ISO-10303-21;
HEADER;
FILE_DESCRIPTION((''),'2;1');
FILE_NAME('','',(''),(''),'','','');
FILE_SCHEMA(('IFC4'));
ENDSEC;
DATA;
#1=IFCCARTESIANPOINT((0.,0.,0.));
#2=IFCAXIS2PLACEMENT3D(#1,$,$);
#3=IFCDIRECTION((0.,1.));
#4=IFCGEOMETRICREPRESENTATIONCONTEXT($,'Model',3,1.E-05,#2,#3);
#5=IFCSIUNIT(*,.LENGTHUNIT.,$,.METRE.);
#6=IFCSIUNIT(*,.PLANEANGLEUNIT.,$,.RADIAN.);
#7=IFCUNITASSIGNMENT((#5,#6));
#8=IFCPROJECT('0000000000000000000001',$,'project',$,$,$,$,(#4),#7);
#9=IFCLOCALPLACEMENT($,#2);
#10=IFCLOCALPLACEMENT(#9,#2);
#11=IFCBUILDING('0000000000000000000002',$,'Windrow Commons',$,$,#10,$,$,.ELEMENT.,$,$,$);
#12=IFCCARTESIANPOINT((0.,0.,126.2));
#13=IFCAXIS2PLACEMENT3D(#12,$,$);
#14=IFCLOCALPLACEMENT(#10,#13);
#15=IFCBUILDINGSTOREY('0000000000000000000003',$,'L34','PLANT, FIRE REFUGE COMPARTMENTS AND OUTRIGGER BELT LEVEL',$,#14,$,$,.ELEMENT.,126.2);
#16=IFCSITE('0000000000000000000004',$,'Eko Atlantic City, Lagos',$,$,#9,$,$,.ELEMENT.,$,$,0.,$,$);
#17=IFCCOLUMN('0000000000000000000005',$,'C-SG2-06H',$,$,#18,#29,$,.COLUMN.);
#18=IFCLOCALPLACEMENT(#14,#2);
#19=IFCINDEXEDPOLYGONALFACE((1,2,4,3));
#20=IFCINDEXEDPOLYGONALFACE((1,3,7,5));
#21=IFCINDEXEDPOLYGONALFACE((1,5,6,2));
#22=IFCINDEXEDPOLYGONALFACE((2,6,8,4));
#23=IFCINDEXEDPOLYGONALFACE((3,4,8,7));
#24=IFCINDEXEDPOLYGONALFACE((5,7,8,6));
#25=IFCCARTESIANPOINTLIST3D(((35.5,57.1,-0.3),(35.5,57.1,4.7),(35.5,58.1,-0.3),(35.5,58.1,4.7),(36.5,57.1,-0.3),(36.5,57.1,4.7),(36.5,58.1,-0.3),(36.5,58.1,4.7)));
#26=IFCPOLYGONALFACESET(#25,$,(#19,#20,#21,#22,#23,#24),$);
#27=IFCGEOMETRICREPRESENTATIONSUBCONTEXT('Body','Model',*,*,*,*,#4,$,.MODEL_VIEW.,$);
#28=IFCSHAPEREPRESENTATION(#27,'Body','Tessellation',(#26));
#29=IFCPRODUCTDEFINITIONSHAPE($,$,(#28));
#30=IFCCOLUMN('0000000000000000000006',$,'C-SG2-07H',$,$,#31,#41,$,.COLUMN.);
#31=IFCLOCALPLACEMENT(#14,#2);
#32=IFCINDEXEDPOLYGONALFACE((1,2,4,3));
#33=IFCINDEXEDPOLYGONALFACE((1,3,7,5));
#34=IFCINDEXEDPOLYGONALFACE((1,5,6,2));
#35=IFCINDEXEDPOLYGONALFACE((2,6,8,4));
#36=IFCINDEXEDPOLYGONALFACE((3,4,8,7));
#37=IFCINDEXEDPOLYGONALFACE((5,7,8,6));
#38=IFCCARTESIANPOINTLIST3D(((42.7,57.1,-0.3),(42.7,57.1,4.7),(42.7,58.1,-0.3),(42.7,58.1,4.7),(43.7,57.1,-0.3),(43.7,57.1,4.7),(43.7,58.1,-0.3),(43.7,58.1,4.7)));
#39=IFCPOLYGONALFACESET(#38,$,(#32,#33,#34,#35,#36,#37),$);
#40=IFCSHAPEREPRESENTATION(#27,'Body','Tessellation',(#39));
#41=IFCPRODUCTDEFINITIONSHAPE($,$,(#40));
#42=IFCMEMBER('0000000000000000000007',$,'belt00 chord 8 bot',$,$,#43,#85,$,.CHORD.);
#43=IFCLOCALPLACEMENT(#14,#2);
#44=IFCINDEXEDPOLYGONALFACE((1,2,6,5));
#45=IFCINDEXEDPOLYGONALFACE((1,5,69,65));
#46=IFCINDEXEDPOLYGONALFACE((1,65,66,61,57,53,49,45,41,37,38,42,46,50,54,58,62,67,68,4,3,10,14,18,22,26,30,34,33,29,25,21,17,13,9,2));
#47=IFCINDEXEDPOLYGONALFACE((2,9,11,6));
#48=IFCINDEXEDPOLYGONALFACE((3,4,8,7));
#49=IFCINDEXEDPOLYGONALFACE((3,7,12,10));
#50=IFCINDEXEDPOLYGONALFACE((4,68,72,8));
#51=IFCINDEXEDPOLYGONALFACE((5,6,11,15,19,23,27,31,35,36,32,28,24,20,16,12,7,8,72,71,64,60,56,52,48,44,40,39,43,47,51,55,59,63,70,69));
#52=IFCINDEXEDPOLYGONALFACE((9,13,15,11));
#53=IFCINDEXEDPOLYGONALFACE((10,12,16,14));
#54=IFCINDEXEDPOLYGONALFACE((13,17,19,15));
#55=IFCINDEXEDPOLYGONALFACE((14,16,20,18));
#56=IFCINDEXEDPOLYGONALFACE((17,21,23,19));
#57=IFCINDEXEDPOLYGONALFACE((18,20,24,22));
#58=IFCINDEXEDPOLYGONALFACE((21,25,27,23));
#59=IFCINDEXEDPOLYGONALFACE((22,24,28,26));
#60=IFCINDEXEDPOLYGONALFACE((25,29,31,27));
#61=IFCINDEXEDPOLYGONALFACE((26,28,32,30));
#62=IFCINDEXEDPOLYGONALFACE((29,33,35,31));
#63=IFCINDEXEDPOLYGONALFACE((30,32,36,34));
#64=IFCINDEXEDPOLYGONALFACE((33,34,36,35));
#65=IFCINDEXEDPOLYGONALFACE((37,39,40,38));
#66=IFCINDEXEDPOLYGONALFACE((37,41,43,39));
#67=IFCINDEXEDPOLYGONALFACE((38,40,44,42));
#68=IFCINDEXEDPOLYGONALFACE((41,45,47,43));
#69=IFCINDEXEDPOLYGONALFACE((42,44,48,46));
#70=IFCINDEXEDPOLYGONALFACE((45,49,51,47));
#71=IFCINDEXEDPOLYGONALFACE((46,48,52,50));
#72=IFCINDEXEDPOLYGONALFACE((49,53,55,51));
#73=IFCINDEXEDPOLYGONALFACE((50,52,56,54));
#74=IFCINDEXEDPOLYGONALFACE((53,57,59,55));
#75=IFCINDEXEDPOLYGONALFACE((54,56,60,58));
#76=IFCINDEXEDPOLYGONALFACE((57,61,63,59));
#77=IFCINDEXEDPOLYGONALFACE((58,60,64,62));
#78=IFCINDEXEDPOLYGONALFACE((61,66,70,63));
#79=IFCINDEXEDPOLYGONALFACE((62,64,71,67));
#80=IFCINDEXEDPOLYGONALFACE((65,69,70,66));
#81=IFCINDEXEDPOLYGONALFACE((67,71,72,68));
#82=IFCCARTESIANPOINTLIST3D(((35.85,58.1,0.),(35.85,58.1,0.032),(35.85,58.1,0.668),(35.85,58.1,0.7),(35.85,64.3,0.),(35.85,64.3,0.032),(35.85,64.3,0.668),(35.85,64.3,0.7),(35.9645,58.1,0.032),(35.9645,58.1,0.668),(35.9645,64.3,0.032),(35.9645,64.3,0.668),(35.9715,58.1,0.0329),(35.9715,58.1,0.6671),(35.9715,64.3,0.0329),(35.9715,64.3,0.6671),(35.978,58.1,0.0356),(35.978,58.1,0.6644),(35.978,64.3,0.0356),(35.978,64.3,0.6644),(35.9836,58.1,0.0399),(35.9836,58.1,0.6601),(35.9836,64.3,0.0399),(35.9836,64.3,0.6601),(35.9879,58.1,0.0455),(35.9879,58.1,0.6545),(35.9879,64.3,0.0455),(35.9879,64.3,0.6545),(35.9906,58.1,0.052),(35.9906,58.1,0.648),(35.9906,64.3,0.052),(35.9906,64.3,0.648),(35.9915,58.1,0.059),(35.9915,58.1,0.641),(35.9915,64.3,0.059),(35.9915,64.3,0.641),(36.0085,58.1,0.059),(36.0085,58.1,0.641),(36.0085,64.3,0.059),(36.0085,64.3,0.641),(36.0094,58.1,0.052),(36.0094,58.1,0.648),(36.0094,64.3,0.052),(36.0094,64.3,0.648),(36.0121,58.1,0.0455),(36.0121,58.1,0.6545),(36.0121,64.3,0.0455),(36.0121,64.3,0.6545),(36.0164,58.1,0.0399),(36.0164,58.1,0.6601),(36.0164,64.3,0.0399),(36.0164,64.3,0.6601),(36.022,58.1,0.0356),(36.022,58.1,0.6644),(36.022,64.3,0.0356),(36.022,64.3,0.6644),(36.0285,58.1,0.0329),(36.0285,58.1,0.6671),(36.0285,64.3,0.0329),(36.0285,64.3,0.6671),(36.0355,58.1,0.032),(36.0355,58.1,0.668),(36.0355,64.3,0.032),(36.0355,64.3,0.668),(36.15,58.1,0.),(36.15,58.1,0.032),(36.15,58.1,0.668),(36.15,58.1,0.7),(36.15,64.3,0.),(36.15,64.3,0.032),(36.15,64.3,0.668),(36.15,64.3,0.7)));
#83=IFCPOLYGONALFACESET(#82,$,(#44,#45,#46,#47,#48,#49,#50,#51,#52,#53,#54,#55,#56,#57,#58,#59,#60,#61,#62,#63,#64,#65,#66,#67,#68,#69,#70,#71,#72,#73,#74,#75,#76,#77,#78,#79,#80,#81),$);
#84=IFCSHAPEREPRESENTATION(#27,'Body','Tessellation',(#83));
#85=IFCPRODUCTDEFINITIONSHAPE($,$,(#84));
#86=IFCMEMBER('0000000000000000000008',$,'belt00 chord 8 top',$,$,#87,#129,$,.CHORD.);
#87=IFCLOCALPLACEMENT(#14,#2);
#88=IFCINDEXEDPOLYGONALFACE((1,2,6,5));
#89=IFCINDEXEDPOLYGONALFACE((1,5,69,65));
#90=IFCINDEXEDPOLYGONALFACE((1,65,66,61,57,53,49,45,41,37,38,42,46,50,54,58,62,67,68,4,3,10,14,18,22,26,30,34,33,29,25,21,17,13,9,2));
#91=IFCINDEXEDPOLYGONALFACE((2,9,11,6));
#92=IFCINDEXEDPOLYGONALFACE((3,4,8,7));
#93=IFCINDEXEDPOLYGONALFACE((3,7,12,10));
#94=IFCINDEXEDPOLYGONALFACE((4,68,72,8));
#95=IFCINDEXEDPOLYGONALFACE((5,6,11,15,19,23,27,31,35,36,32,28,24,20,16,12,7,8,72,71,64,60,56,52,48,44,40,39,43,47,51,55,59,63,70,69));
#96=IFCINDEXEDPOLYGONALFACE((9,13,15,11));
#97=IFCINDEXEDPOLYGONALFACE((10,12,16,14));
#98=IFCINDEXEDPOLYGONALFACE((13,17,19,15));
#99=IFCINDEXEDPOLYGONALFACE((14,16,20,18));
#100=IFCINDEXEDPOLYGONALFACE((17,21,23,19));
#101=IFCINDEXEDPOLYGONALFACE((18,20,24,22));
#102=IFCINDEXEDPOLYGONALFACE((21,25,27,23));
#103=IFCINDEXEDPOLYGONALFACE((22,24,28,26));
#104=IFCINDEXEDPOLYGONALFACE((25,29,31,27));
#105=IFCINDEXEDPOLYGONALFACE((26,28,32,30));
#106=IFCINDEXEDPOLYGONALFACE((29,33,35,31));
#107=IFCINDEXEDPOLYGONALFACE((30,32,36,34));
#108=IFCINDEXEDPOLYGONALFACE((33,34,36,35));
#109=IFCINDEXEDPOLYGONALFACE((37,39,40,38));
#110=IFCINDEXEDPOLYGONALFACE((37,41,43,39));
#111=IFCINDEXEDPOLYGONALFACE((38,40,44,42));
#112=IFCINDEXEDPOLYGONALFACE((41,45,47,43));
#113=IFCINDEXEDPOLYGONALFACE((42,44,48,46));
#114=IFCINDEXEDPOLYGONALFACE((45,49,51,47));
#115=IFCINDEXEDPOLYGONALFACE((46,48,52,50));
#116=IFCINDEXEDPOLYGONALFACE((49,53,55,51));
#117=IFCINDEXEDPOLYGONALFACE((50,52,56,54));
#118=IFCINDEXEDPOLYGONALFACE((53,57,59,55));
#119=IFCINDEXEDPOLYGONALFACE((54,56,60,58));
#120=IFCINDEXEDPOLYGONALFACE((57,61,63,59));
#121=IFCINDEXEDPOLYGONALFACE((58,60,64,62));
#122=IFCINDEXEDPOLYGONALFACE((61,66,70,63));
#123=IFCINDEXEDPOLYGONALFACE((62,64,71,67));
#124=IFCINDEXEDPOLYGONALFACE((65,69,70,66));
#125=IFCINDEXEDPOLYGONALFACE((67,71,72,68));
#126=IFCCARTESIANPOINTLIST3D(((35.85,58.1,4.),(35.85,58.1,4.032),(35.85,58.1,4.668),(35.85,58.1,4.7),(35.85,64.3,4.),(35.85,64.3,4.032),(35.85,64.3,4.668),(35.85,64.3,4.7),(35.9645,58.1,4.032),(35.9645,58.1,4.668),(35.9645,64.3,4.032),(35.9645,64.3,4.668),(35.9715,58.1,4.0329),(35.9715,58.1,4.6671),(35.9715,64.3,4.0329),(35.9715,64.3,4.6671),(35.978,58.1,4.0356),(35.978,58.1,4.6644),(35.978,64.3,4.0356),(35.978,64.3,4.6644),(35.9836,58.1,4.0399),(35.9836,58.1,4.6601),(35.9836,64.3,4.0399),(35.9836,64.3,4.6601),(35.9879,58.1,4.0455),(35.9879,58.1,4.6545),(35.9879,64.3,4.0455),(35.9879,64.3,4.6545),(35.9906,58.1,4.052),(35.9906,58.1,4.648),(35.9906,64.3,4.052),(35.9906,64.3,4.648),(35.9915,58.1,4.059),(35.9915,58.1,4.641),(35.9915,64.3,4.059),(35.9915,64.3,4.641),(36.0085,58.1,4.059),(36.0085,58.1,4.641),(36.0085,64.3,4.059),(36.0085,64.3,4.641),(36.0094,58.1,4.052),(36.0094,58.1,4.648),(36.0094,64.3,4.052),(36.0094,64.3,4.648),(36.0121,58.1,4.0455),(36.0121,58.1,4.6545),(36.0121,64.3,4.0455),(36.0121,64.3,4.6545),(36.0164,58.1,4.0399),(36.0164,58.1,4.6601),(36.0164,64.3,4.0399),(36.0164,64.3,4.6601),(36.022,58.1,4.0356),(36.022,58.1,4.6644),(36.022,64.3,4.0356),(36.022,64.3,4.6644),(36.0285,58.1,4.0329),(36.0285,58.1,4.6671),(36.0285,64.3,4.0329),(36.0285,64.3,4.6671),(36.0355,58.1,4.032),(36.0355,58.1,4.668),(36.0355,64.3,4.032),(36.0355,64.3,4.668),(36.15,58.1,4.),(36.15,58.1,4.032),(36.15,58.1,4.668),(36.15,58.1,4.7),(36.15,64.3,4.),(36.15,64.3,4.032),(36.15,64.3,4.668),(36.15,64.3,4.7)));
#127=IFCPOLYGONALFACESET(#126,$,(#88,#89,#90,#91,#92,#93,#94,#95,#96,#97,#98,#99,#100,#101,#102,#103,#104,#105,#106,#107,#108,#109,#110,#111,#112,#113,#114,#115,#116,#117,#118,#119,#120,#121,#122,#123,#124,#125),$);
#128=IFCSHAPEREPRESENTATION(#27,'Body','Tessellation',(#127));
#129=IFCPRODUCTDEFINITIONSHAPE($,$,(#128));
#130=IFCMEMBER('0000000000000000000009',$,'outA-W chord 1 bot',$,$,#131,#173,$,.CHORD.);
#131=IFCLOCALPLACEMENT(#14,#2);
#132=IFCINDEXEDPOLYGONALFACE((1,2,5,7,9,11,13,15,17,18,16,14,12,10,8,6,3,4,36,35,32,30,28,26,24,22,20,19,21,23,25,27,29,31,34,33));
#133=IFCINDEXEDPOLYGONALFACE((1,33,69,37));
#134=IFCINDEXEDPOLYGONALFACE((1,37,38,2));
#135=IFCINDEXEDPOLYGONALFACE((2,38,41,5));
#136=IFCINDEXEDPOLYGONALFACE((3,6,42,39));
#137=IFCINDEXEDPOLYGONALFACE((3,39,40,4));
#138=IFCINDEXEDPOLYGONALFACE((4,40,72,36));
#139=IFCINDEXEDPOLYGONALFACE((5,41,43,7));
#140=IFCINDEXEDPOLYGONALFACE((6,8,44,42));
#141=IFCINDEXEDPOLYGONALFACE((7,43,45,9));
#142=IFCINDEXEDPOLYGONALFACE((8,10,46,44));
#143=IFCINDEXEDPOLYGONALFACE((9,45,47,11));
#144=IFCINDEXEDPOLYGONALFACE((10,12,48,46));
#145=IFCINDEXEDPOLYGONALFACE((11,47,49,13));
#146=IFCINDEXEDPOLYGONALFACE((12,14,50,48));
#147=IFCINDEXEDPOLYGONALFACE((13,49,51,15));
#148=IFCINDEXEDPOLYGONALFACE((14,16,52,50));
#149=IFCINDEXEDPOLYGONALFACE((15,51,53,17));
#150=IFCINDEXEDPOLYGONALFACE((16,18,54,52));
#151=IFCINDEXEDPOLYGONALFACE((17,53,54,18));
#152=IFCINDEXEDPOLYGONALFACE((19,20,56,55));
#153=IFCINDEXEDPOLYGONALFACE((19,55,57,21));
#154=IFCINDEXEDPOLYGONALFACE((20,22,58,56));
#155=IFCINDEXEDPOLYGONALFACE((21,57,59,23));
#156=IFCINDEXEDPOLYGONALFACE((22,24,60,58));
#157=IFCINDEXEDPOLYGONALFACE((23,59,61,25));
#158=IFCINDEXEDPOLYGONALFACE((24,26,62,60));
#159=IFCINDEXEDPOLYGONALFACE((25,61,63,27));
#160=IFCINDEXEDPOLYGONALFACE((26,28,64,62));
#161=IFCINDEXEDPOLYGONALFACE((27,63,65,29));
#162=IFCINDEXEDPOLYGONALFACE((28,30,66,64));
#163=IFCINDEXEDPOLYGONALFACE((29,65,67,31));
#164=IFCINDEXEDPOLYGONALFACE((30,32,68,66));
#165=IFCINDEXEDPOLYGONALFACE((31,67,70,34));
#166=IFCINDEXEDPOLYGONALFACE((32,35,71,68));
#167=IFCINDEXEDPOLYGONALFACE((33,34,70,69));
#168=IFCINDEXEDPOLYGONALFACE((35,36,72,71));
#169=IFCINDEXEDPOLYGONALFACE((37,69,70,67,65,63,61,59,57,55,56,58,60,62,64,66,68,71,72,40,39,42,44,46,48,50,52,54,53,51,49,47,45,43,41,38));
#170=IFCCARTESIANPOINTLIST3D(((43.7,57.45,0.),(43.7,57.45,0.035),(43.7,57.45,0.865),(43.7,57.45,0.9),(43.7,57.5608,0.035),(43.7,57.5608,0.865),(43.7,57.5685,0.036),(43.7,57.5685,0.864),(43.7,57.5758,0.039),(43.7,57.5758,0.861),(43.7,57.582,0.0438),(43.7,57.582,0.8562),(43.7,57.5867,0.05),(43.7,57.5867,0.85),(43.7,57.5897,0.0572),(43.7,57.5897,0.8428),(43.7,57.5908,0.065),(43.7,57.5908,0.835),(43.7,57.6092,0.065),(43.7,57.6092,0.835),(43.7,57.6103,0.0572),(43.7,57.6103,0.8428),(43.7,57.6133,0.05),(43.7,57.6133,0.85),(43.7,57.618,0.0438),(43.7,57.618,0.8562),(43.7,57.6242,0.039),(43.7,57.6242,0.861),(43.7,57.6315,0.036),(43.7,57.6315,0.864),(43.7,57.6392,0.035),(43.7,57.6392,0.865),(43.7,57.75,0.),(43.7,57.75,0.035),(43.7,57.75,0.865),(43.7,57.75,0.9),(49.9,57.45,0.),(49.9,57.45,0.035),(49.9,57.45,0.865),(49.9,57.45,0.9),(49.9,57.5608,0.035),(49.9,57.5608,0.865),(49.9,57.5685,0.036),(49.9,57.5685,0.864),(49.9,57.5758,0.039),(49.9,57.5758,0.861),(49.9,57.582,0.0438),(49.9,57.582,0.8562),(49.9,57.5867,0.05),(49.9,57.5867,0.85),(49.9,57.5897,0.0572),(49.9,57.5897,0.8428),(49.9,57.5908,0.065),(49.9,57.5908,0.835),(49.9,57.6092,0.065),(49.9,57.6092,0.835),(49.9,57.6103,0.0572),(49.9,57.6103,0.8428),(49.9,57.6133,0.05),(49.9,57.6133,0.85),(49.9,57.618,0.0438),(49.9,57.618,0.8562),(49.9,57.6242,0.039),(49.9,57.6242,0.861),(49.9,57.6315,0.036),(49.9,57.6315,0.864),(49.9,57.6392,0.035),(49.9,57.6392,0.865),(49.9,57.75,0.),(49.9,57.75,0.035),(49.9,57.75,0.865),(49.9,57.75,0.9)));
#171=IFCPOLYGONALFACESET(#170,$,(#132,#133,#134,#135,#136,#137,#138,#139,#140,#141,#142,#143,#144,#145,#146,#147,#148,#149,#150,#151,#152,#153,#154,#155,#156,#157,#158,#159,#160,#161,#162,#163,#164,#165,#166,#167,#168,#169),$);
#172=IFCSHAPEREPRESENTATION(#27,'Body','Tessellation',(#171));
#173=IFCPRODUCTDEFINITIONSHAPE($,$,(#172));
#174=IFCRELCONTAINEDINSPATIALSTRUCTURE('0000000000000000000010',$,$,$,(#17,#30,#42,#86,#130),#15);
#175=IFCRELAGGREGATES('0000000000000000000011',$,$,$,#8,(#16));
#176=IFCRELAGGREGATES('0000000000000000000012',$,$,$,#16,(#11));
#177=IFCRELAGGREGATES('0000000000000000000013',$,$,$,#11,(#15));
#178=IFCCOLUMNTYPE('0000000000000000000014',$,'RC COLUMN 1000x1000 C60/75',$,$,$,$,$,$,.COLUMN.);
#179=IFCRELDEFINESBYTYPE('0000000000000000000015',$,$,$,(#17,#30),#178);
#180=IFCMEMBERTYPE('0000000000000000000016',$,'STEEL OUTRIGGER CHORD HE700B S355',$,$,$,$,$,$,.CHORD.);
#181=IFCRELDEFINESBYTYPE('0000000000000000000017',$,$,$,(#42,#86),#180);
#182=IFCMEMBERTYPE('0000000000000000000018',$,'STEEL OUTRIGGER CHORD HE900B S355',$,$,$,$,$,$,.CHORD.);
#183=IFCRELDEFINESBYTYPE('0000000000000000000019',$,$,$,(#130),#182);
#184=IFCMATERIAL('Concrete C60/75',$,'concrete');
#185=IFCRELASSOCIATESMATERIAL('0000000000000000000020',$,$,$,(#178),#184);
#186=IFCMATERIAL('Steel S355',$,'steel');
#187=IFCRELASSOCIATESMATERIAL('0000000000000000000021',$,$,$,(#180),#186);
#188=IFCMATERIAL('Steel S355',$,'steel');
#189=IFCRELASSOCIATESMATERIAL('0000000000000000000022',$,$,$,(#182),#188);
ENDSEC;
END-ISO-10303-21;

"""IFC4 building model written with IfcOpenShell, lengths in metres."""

from ifc_helpers import new_model, si_unit, direction, frame, origin, origin_2d, place, context, subcontext, project, spatial, rectangle, i_section, extrude, material, material_profile, profile_set, type_object, element, save


model = new_model("IFC4")

# Units and contexts
model_context = context("Model", 3, precision=1e-05, world=origin(), true_north=direction((0.0, 1.0)))
body_context = subcontext(model_context, "Body", "Model", "MODEL_VIEW")
ifc_project = project(units=[si_unit("LENGTHUNIT", "METRE"), si_unit("PLANEANGLEUNIT", "RADIAN")], contexts=[model_context])

# Site, building, storey
site_placement = place(None, origin())
site = spatial("IfcSite", under=ifc_project, at=site_placement, Name="Eko Atlantic City, Lagos", CompositionType="ELEMENT", RefElevation=0.0)
building_placement = place(site_placement, origin())
building = spatial("IfcBuilding", under=site, at=building_placement, Name="Windrow Commons", CompositionType="ELEMENT")
storey_placement = place(building_placement, frame((0.0, 0.0, 126.2)))
storey = spatial("IfcBuildingStorey", under=building, at=storey_placement, Name="L34", Description="PLANT, FIRE REFUGE COMPARTMENTS AND OUTRIGGER BELT LEVEL", CompositionType="ELEMENT", Elevation=126.2)

# Columns
ifc_material_1 = material(Name="Concrete C60/75", Category="concrete")
ifc_material_profile_1 = material_profile(ifc_material_1, rectangle(XDim=1.0, YDim=1.0, at=origin_2d()))
ifc_profile_set_1 = profile_set([ifc_material_profile_1], Name="Concrete C60/75")
column_type = type_object("IfcColumnType", Name="RC COLUMN 1000x1000 C60/75", PredefinedType="COLUMN", material=ifc_profile_set_1)
for number, where, z_axis, x_axis, name in (
    (1, (36.0, 57.6, -0.3), (0.0, 0.0, 1.0), (1.0, 0.0, 0.0), "C-SG2-06H"),
    (2, (43.2, 57.6, -0.3), (0.0, 0.0, 1.0), (1.0, 0.0, 0.0), "C-SG2-07H"),
):
    element("IfcColumn", number, at=place(storey_placement, frame(where, z_axis=z_axis, x_axis=x_axis)), inside=storey, type_object=column_type, Name=name, PredefinedType="COLUMN", context=body_context, shape_type="SweptSolid", body=[
        extrude(rectangle(XDim=1.0, YDim=1.0, at=origin_2d()), origin(), (0.0, 0.0, 1.0), 5.0),
    ])

# Members
ifc_material_2 = material(Name="Steel S355", Category="steel")
ifc_material_profile_2 = material_profile(ifc_material_2, i_section(OverallWidth=0.3, OverallDepth=0.7, WebThickness=0.017, FlangeThickness=0.032, FilletRadius=0.027, at=origin_2d()))
ifc_profile_set_2 = profile_set([ifc_material_profile_2], Name="Steel S355")
member_type_1 = type_object("IfcMemberType", Name="STEEL OUTRIGGER CHORD HE700B S355", PredefinedType="CHORD", material=ifc_profile_set_2)
for number, where, z_axis, x_axis, name in (
    (3, (36.0, 58.1, 0.35), (0.0, 1.0, 0.0), (-1.0, 0.0, 0.0), "belt00 chord 8 bot"),
    (4, (36.0, 58.1, 4.35), (0.0, 1.0, 0.0), (-1.0, 0.0, 0.0), "belt00 chord 8 top"),
):
    element("IfcMember", number, at=place(storey_placement, frame(where, z_axis=z_axis, x_axis=x_axis)), inside=storey, type_object=member_type_1, Name=name, PredefinedType="CHORD", context=body_context, shape_type="SweptSolid", body=[
        extrude(i_section(OverallWidth=0.3, OverallDepth=0.7, WebThickness=0.017, FlangeThickness=0.032, FilletRadius=0.027, at=origin_2d()), origin(), (0.0, 0.0, 1.0), 6.2),
    ])
ifc_material_3 = material(Name="Steel S355", Category="steel")
ifc_material_profile_3 = material_profile(ifc_material_3, i_section(OverallWidth=0.3, OverallDepth=0.9, WebThickness=0.0185, FlangeThickness=0.035, FilletRadius=0.03, at=origin_2d()))
ifc_profile_set_3 = profile_set([ifc_material_profile_3], Name="Steel S355")
member_type_2 = type_object("IfcMemberType", Name="STEEL OUTRIGGER CHORD HE900B S355", PredefinedType="CHORD", material=ifc_profile_set_3)
for number, where, z_axis, x_axis, name in (
    (5, (49.9, 57.6, 0.45), (-1.0, 0.0, 0.0), (0.0, -1.0, 0.0), "outA-W chord 1 bot"),
):
    element("IfcMember", number, at=place(storey_placement, frame(where, z_axis=z_axis, x_axis=x_axis)), inside=storey, type_object=member_type_2, Name=name, PredefinedType="CHORD", context=body_context, shape_type="SweptSolid", body=[
        extrude(i_section(OverallWidth=0.3, OverallDepth=0.9, WebThickness=0.0185, FlangeThickness=0.035, FilletRadius=0.03, at=origin_2d()), origin(), (0.0, 0.0, 1.0), 6.2),
    ])

save(model, "model.ifc")
